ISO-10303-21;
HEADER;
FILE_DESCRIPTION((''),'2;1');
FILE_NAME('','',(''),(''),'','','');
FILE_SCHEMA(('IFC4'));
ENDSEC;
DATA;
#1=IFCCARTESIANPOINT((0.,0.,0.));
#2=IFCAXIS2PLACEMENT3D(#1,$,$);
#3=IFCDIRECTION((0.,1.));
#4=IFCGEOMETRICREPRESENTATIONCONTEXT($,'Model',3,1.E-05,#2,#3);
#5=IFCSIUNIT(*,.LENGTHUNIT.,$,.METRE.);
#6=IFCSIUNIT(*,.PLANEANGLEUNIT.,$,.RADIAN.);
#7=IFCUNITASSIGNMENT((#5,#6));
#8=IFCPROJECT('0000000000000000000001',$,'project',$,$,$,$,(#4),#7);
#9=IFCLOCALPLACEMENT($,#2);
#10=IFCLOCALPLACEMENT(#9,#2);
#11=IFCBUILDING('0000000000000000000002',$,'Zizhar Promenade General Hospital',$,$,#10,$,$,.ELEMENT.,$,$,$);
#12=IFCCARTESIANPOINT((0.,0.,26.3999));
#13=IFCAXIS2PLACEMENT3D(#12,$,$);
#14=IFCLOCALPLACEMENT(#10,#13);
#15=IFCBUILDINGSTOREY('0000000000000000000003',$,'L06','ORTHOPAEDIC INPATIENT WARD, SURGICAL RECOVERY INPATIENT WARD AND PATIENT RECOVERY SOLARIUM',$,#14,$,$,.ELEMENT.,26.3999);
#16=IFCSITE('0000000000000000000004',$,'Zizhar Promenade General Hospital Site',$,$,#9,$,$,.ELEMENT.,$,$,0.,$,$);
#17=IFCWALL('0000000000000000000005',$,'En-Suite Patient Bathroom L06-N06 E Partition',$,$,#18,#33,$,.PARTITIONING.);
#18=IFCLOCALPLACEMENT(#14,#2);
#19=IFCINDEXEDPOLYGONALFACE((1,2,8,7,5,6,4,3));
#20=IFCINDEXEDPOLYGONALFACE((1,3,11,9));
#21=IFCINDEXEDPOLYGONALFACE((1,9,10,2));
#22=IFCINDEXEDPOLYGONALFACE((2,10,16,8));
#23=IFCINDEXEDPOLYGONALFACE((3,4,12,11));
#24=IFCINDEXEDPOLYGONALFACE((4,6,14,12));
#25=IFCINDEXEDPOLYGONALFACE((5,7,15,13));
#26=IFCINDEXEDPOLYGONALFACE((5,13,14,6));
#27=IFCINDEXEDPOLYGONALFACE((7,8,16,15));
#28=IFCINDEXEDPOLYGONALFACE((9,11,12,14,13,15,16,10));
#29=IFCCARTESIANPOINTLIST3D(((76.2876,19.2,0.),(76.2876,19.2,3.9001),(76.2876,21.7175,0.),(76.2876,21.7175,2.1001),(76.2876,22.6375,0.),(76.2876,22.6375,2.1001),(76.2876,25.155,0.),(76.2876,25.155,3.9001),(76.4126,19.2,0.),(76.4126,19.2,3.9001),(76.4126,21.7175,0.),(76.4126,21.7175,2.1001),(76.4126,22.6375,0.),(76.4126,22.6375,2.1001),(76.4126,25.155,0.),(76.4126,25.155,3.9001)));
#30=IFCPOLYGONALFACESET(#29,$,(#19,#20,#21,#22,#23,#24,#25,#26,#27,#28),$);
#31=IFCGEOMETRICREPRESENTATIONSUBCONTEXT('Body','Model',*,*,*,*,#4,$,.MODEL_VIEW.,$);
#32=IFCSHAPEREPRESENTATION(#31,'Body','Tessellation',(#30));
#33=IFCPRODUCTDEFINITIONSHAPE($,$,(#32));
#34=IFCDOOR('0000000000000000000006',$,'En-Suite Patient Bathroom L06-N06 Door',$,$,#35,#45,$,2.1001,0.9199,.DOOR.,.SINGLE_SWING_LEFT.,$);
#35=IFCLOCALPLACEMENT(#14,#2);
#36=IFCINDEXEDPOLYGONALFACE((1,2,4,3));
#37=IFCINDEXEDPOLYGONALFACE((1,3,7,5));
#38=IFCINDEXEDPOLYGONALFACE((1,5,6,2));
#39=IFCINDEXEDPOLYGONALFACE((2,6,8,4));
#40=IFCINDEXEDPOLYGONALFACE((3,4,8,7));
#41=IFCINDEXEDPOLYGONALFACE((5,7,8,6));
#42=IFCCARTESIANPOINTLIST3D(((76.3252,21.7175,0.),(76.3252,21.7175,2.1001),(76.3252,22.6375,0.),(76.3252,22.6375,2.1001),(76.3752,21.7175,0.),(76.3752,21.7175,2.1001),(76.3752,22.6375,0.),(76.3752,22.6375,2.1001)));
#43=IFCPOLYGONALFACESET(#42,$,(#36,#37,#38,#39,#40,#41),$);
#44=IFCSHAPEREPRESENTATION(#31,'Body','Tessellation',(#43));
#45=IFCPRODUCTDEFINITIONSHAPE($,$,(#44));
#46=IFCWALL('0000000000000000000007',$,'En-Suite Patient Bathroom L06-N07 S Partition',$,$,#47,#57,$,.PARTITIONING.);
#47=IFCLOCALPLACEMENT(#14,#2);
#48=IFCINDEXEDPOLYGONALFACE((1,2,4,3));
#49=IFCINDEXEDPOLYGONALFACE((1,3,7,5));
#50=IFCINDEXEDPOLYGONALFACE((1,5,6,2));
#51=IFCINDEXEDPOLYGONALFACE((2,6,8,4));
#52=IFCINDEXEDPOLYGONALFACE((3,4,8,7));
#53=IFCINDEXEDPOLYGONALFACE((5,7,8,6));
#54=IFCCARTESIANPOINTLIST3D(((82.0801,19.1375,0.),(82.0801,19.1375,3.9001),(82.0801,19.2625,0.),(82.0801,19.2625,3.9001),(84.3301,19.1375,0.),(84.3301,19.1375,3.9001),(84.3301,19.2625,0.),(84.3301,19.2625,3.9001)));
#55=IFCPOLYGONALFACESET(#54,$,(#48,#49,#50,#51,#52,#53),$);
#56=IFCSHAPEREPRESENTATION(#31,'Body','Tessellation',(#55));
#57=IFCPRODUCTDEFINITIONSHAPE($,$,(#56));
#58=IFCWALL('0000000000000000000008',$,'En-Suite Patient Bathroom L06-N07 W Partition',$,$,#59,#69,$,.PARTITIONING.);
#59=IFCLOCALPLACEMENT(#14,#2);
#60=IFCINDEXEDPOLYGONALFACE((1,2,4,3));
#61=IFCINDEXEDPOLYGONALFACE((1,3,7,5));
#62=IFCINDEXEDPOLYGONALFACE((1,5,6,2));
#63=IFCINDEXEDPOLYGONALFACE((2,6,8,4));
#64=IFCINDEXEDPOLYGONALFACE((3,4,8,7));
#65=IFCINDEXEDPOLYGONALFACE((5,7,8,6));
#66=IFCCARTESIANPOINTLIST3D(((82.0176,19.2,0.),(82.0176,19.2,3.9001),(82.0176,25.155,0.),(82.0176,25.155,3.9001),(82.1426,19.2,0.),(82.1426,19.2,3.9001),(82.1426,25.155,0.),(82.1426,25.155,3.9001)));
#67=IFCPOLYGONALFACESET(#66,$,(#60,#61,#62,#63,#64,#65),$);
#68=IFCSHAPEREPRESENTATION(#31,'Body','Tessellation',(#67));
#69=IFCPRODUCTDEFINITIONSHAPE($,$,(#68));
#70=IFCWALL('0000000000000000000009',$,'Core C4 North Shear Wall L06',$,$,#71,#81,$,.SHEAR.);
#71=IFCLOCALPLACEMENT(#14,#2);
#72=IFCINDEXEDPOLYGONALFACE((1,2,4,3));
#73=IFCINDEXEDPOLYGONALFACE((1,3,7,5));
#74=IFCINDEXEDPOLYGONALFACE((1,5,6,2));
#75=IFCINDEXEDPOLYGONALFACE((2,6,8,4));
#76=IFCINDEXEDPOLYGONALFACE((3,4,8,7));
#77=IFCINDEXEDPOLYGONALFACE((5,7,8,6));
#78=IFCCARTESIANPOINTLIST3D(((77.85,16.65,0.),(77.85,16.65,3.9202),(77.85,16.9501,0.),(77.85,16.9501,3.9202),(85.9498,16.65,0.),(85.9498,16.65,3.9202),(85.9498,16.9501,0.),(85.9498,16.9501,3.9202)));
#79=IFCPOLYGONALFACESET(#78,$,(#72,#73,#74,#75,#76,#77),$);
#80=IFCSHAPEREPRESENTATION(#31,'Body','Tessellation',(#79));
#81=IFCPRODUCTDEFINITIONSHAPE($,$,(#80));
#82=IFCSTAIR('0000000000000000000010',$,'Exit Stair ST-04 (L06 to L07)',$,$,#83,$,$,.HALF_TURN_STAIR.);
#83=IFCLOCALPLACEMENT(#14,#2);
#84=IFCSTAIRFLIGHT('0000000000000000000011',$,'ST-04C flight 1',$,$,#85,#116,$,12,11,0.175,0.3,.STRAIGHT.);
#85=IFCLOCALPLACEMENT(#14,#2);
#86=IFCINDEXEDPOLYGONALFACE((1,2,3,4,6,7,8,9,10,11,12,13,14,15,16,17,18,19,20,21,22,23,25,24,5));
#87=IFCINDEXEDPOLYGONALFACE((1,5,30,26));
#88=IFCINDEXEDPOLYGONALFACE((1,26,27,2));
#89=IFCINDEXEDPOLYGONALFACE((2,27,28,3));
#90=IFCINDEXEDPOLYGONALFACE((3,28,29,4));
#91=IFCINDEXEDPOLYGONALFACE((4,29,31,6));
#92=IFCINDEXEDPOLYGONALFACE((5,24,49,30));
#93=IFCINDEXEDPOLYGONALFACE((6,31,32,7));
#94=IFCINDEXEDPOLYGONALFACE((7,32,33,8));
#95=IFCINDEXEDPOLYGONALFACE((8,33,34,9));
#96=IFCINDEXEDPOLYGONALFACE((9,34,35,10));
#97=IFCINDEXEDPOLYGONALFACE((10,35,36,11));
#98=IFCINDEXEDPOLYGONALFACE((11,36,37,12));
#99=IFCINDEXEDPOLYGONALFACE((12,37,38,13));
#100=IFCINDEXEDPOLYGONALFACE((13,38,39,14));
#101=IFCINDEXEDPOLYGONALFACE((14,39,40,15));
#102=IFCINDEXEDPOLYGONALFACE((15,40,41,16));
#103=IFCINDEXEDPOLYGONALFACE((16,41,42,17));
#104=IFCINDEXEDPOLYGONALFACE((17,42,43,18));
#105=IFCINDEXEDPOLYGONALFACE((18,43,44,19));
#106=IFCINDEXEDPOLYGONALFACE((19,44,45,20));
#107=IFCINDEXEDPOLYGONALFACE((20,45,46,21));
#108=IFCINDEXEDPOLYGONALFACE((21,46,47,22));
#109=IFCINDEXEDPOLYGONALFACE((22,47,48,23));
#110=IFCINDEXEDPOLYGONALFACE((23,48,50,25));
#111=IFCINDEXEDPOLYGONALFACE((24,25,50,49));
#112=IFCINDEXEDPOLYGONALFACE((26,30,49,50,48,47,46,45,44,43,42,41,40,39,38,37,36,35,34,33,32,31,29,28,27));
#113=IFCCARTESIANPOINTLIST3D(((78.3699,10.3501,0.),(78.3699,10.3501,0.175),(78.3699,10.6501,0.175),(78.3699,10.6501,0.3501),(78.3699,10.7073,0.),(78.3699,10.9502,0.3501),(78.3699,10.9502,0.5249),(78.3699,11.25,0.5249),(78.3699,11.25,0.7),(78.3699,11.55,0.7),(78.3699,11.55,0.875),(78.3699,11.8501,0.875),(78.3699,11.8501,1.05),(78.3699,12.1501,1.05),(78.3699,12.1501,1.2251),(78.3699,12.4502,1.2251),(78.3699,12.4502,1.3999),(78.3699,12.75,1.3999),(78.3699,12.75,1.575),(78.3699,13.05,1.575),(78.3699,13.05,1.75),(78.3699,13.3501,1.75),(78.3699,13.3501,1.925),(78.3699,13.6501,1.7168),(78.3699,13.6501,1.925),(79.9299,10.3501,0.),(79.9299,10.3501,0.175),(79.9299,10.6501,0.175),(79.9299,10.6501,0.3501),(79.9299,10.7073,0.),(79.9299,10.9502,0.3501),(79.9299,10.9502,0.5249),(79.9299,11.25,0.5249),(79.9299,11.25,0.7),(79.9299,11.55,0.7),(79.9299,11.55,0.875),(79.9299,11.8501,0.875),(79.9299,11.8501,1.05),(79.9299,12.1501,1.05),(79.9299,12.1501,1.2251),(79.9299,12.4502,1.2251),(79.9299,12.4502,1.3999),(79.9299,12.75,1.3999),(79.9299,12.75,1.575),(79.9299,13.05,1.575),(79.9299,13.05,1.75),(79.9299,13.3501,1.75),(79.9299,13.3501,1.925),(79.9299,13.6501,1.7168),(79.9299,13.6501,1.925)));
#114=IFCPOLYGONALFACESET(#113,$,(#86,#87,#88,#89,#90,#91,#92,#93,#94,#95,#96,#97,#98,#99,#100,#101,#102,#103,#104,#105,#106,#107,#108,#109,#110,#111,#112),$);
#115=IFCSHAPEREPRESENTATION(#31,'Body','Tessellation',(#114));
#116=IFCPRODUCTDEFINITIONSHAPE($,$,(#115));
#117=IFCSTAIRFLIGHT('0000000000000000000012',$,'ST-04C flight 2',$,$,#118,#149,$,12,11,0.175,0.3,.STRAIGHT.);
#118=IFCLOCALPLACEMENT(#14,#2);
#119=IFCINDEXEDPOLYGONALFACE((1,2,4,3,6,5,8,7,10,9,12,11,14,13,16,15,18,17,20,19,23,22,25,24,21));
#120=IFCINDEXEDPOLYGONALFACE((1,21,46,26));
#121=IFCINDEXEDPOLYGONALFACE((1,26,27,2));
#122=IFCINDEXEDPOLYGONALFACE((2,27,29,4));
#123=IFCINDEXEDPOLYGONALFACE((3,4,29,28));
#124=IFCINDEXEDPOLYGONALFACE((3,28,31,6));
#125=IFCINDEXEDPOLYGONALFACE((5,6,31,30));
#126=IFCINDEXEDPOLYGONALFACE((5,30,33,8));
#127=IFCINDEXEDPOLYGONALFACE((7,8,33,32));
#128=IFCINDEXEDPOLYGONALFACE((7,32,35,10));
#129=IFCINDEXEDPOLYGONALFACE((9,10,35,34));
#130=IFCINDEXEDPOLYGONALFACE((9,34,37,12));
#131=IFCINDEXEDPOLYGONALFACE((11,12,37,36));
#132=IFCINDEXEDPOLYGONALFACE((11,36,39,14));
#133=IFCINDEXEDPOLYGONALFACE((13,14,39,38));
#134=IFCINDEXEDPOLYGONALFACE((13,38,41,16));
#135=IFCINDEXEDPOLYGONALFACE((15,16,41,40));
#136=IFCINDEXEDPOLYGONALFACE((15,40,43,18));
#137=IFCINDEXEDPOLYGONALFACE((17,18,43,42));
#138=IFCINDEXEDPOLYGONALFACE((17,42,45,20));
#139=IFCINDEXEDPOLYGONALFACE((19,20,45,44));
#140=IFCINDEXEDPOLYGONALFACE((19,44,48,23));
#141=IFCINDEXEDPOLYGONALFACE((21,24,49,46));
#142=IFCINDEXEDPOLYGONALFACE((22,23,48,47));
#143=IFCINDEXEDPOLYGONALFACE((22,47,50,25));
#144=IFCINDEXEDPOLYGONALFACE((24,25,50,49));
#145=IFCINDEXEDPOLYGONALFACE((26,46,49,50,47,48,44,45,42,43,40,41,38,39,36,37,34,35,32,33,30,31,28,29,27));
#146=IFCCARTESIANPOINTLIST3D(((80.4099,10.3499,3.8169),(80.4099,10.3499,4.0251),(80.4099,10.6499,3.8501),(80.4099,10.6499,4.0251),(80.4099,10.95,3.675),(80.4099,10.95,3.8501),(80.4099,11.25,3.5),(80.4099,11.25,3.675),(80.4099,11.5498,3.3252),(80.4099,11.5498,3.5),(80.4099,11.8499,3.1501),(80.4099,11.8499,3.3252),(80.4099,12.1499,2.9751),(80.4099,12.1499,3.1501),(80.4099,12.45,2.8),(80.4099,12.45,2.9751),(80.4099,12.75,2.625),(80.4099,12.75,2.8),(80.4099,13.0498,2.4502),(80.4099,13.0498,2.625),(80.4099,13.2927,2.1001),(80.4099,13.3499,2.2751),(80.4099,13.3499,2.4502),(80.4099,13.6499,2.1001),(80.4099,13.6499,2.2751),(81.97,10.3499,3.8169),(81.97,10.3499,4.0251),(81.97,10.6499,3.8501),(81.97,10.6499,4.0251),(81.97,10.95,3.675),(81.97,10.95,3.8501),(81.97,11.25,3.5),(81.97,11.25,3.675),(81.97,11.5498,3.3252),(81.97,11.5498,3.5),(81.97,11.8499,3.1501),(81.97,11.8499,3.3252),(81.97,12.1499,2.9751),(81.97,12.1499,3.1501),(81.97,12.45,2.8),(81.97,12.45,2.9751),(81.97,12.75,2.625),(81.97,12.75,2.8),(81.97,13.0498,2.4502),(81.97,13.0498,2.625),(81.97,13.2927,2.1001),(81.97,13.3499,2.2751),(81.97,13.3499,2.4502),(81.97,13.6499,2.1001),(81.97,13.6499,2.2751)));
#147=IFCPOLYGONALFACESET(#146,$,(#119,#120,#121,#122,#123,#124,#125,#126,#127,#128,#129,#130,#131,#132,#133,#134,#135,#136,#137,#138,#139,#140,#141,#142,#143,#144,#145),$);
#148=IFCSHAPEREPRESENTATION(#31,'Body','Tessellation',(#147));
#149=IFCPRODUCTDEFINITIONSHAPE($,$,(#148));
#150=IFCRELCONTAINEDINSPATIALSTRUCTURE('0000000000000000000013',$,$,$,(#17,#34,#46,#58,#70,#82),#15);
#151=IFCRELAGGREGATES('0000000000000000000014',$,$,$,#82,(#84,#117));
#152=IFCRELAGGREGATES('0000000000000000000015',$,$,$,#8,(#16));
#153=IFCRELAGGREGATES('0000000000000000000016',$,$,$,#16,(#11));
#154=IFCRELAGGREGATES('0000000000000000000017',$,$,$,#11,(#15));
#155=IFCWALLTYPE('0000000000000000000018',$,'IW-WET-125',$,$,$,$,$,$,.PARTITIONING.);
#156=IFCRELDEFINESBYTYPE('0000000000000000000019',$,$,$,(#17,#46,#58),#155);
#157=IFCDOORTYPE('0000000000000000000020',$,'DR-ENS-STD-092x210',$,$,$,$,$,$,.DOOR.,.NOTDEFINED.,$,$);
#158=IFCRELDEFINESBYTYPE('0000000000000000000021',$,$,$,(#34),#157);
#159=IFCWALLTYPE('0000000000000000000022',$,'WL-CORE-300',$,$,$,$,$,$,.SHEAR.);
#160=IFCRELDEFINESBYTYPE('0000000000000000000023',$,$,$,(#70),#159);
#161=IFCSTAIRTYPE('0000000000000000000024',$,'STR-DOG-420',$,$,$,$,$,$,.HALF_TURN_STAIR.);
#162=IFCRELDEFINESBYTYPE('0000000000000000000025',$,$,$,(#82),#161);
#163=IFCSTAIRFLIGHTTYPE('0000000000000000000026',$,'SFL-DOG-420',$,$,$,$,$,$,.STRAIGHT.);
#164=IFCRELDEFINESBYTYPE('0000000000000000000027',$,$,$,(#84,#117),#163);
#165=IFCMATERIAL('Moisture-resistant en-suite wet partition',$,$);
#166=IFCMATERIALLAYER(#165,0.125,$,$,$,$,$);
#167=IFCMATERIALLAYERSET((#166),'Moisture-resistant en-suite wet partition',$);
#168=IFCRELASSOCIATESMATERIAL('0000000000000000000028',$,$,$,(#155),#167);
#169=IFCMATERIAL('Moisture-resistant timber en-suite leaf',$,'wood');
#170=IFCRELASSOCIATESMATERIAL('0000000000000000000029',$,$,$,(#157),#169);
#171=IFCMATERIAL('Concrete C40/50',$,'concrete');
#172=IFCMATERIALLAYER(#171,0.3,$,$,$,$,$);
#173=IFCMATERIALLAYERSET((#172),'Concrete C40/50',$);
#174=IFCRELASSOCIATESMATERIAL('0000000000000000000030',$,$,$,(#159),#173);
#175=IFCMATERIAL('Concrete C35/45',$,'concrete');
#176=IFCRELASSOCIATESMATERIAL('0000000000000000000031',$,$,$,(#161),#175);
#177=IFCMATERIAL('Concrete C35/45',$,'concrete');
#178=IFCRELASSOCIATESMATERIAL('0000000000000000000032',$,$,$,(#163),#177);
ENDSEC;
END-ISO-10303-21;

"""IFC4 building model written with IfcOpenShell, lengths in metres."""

from ifc_helpers import new_model, si_unit, direction, frame, frame_2d, origin, place, context, subcontext, project, spatial, polyline, rectangle, outline, extrude, material, layer, layer_set, type_object, element, fill, aggregate, save


model = new_model("IFC4")

# Units and contexts
model_context = context("Model", 3, precision=1e-05, world=origin(), true_north=direction((0.0, 1.0)))
body_context = subcontext(model_context, "Body", "Model", "MODEL_VIEW")
ifc_project = project(units=[si_unit("LENGTHUNIT", "METRE"), si_unit("PLANEANGLEUNIT", "RADIAN")], contexts=[model_context])

# Site, building, storey
site_placement = place(None, origin())
site = spatial("IfcSite", under=ifc_project, at=site_placement, Name="Zizhar Promenade General Hospital Site", CompositionType="ELEMENT", RefElevation=0.0)
building_placement = place(site_placement, origin())
building = spatial("IfcBuilding", under=site, at=building_placement, Name="Zizhar Promenade General Hospital", CompositionType="ELEMENT")
storey_placement = place(building_placement, frame((0.0, 0.0, 26.3999)))
storey = spatial("IfcBuildingStorey", under=building, at=storey_placement, Name="L06", Description="ORTHOPAEDIC INPATIENT WARD, SURGICAL RECOVERY INPATIENT WARD AND PATIENT RECOVERY SOLARIUM", CompositionType="ELEMENT", Elevation=26.3999)

# Shared definitions
ifc_material_1 = material(Name="Moisture-resistant en-suite wet partition")
ifc_layer_1 = layer(ifc_material_1, 0.125)
ifc_layer_set_1 = layer_set([ifc_layer_1], Name="Moisture-resistant en-suite wet partition")
wall_type_1 = type_object("IfcWallType", Name="IW-WET-125", PredefinedType="PARTITIONING", material=ifc_layer_set_1)

# Wall, opening, door
wall_1_placement = place(storey_placement, frame((76.3501, 19.2, 0.0), z_axis=(0.0, 0.0, 1.0), x_axis=(0.0, 1.0, 0.0)))
wall_1 = element("IfcWall", 1, at=wall_1_placement, inside=storey, type_object=wall_type_1, Name="En-Suite Patient Bathroom L06-N06 E Partition", PredefinedType="PARTITIONING", context=body_context, shape_type="SweptSolid", body=[
    extrude(rectangle(XDim=5.9551, YDim=0.125, at=frame_2d((2.9775, 0.0))), origin(), (0.0, 0.0, 1.0), 3.9001),
])
opening_1_placement = place(wall_1_placement, frame((2.5176, 0.0, 0.0)))
opening_1 = element("IfcOpeningElement", 2, at=opening_1_placement, cuts=wall_1, PredefinedType="OPENING", context=body_context, shape_type="SweptSolid", body=[
    extrude(rectangle(XDim=0.9199, YDim=2.1001, at=frame_2d((0.46, 1.05))), frame((0.0, 0.0725, 0.0), z_axis=(0.0, -1.0, 0.0), x_axis=(1.0, 0.0, 0.0)), (0.0, 0.0, 1.0), 0.145),
])
ifc_material_2 = material(Name="Moisture-resistant timber en-suite leaf", Category="wood")
door_type_1 = type_object("IfcDoorType", Name="DR-ENS-STD-092x210", OperationType="NOTDEFINED", PredefinedType="DOOR", material=ifc_material_2)
door_1_placement = place(opening_1_placement, origin())
door_1 = element("IfcDoor", 3, at=door_1_placement, inside=storey, type_object=door_type_1, Name="En-Suite Patient Bathroom L06-N06 Door", OperationType="SINGLE_SWING_LEFT", OverallHeight=2.1001, OverallWidth=0.9199, PredefinedType="DOOR", context=body_context, shape_type="SweptSolid", body=[
    extrude(rectangle(XDim=0.9199, YDim=2.1001, at=frame_2d((0.46, 1.05))), frame((0.0, 0.0249, 0.0), z_axis=(0.0, -1.0, 0.0), x_axis=(1.0, 0.0, 0.0)), (0.0, 0.0, 1.0), 0.05),
])
fill(opening_1, door_1)

# Walls
wall_2_placement = place(storey_placement, frame((82.0801, 19.2, 0.0), z_axis=(0.0, 0.0, 1.0), x_axis=(1.0, 0.0, 0.0)))
element("IfcWall", 4, at=wall_2_placement, inside=storey, type_object=wall_type_1, Name="En-Suite Patient Bathroom L06-N07 S Partition", PredefinedType="PARTITIONING", context=body_context, shape_type="SweptSolid", body=[
    extrude(rectangle(XDim=2.25, YDim=0.125, at=frame_2d((1.125, 0.0))), origin(), (0.0, 0.0, 1.0), 3.9001),
])
wall_3_placement = place(storey_placement, frame((82.0801, 19.2, 0.0), z_axis=(0.0, 0.0, 1.0), x_axis=(0.0, 1.0, 0.0)))
element("IfcWall", 5, at=wall_3_placement, inside=storey, type_object=wall_type_1, Name="En-Suite Patient Bathroom L06-N07 W Partition", PredefinedType="PARTITIONING", context=body_context, shape_type="SweptSolid", body=[
    extrude(rectangle(XDim=5.9551, YDim=0.125, at=frame_2d((2.9775, 0.0))), origin(), (0.0, 0.0, 1.0), 3.9001),
])
ifc_material_3 = material(Name="Concrete C40/50", Category="concrete")
ifc_layer_2 = layer(ifc_material_3, 0.3)
ifc_layer_set_2 = layer_set([ifc_layer_2], Name="Concrete C40/50")
wall_type_2 = type_object("IfcWallType", Name="WL-CORE-300", PredefinedType="SHEAR", material=ifc_layer_set_2)
wall_4_placement = place(storey_placement, frame((77.8501, 16.8, 0.0), z_axis=(0.0, 0.0, 1.0), x_axis=(1.0, 0.0, 0.0)))
element("IfcWall", 6, at=wall_4_placement, inside=storey, type_object=wall_type_2, Name="Core C4 North Shear Wall L06", PredefinedType="SHEAR", context=body_context, shape_type="SweptSolid", body=[
    extrude(rectangle(XDim=8.0999, YDim=0.3, at=frame_2d((4.0498, 0.0))), origin(), (0.0, 0.0, 1.0), 3.9202),
])

# Stair, stair flights
ifc_material_4 = material(Name="Concrete C35/45", Category="concrete")
stair_type = type_object("IfcStairType", Name="STR-DOG-420", PredefinedType="HALF_TURN_STAIR", material=ifc_material_4)
stair_placement = place(storey_placement, origin())
stair = element("IfcStair", 7, at=stair_placement, inside=storey, type_object=stair_type, Name="Exit Stair ST-04 (L06 to L07)", PredefinedType="HALF_TURN_STAIR")
ifc_material_5 = material(Name="Concrete C35/45", Category="concrete")
stair_flight_type = type_object("IfcStairFlightType", Name="SFL-DOG-420", PredefinedType="STRAIGHT", material=ifc_material_5)
stair_flight_1_placement = place(storey_placement, frame((79.1499, 10.3501, 0.0), z_axis=(0.0, 0.0, 1.0), x_axis=(0.0, 1.0, 0.0)))
stair_flight_1 = element("IfcStairFlight", 8, at=stair_flight_1_placement, type_object=stair_flight_type, Name="ST-04C flight 1", NumberOfRisers=12, NumberOfTreads=11, PredefinedType="STRAIGHT", RiserHeight=0.175, TreadLength=0.3, context=body_context, shape_type="SweptSolid", body=[
    extrude(outline(polyline([(0.0, 0.0), (0.0, 0.175), (0.3, 0.175), (0.3, 0.3501), (0.6001, 0.3501), (0.6001, 0.5249), (0.8999, 0.5249), (0.8999, 0.7), (1.2, 0.7), (1.2, 0.875), (1.5, 0.875), (1.5, 1.05), (1.8, 1.05), (1.8, 1.2251), (2.1001, 1.2251), (2.1001, 1.3999), (2.3999, 1.3999), (2.3999, 1.575), (2.7, 1.575), (2.7, 1.75), (3.0, 1.75), (3.0, 1.925), (3.3, 1.925), (3.3, 2.1001), (3.3, 1.7168), (0.3572, 0.0), (0.0, 0.0)])), frame((0.0, 0.78, 0.0), z_axis=(0.0, -1.0, 0.0), x_axis=(1.0, 0.0, 0.0)), (0.0, 0.0, 1.0), 1.5601),
])
stair_flight_2_placement = place(storey_placement, frame((81.1899, 13.6499, 2.1001), z_axis=(0.0, 0.0, 1.0), x_axis=(0.0, -1.0, 0.0)))
stair_flight_2 = element("IfcStairFlight", 9, at=stair_flight_2_placement, type_object=stair_flight_type, Name="ST-04C flight 2", NumberOfRisers=12, NumberOfTreads=11, PredefinedType="STRAIGHT", RiserHeight=0.175, TreadLength=0.3, context=body_context, shape_type="SweptSolid", body=[
    extrude(outline(polyline([(0.0, 0.0), (0.0, 0.175), (0.3, 0.175), (0.3, 0.3501), (0.6001, 0.3501), (0.6001, 0.5249), (0.8999, 0.5249), (0.8999, 0.7), (1.2, 0.7), (1.2, 0.875), (1.5, 0.875), (1.5, 1.05), (1.8, 1.05), (1.8, 1.2251), (2.1001, 1.2251), (2.1001, 1.3999), (2.3999, 1.3999), (2.3999, 1.575), (2.7, 1.575), (2.7, 1.75), (3.0, 1.75), (3.0, 1.925), (3.3, 1.925), (3.3, 2.1001), (3.3, 1.7168), (0.3572, 0.0), (0.0, 0.0)])), frame((0.0, 0.78, 0.0), z_axis=(0.0, -1.0, 0.0), x_axis=(1.0, 0.0, 0.0)), (0.0, 0.0, 1.0), 1.5601),
])
aggregate(stair, [stair_flight_1, stair_flight_2])

save(model, "model.ifc")
